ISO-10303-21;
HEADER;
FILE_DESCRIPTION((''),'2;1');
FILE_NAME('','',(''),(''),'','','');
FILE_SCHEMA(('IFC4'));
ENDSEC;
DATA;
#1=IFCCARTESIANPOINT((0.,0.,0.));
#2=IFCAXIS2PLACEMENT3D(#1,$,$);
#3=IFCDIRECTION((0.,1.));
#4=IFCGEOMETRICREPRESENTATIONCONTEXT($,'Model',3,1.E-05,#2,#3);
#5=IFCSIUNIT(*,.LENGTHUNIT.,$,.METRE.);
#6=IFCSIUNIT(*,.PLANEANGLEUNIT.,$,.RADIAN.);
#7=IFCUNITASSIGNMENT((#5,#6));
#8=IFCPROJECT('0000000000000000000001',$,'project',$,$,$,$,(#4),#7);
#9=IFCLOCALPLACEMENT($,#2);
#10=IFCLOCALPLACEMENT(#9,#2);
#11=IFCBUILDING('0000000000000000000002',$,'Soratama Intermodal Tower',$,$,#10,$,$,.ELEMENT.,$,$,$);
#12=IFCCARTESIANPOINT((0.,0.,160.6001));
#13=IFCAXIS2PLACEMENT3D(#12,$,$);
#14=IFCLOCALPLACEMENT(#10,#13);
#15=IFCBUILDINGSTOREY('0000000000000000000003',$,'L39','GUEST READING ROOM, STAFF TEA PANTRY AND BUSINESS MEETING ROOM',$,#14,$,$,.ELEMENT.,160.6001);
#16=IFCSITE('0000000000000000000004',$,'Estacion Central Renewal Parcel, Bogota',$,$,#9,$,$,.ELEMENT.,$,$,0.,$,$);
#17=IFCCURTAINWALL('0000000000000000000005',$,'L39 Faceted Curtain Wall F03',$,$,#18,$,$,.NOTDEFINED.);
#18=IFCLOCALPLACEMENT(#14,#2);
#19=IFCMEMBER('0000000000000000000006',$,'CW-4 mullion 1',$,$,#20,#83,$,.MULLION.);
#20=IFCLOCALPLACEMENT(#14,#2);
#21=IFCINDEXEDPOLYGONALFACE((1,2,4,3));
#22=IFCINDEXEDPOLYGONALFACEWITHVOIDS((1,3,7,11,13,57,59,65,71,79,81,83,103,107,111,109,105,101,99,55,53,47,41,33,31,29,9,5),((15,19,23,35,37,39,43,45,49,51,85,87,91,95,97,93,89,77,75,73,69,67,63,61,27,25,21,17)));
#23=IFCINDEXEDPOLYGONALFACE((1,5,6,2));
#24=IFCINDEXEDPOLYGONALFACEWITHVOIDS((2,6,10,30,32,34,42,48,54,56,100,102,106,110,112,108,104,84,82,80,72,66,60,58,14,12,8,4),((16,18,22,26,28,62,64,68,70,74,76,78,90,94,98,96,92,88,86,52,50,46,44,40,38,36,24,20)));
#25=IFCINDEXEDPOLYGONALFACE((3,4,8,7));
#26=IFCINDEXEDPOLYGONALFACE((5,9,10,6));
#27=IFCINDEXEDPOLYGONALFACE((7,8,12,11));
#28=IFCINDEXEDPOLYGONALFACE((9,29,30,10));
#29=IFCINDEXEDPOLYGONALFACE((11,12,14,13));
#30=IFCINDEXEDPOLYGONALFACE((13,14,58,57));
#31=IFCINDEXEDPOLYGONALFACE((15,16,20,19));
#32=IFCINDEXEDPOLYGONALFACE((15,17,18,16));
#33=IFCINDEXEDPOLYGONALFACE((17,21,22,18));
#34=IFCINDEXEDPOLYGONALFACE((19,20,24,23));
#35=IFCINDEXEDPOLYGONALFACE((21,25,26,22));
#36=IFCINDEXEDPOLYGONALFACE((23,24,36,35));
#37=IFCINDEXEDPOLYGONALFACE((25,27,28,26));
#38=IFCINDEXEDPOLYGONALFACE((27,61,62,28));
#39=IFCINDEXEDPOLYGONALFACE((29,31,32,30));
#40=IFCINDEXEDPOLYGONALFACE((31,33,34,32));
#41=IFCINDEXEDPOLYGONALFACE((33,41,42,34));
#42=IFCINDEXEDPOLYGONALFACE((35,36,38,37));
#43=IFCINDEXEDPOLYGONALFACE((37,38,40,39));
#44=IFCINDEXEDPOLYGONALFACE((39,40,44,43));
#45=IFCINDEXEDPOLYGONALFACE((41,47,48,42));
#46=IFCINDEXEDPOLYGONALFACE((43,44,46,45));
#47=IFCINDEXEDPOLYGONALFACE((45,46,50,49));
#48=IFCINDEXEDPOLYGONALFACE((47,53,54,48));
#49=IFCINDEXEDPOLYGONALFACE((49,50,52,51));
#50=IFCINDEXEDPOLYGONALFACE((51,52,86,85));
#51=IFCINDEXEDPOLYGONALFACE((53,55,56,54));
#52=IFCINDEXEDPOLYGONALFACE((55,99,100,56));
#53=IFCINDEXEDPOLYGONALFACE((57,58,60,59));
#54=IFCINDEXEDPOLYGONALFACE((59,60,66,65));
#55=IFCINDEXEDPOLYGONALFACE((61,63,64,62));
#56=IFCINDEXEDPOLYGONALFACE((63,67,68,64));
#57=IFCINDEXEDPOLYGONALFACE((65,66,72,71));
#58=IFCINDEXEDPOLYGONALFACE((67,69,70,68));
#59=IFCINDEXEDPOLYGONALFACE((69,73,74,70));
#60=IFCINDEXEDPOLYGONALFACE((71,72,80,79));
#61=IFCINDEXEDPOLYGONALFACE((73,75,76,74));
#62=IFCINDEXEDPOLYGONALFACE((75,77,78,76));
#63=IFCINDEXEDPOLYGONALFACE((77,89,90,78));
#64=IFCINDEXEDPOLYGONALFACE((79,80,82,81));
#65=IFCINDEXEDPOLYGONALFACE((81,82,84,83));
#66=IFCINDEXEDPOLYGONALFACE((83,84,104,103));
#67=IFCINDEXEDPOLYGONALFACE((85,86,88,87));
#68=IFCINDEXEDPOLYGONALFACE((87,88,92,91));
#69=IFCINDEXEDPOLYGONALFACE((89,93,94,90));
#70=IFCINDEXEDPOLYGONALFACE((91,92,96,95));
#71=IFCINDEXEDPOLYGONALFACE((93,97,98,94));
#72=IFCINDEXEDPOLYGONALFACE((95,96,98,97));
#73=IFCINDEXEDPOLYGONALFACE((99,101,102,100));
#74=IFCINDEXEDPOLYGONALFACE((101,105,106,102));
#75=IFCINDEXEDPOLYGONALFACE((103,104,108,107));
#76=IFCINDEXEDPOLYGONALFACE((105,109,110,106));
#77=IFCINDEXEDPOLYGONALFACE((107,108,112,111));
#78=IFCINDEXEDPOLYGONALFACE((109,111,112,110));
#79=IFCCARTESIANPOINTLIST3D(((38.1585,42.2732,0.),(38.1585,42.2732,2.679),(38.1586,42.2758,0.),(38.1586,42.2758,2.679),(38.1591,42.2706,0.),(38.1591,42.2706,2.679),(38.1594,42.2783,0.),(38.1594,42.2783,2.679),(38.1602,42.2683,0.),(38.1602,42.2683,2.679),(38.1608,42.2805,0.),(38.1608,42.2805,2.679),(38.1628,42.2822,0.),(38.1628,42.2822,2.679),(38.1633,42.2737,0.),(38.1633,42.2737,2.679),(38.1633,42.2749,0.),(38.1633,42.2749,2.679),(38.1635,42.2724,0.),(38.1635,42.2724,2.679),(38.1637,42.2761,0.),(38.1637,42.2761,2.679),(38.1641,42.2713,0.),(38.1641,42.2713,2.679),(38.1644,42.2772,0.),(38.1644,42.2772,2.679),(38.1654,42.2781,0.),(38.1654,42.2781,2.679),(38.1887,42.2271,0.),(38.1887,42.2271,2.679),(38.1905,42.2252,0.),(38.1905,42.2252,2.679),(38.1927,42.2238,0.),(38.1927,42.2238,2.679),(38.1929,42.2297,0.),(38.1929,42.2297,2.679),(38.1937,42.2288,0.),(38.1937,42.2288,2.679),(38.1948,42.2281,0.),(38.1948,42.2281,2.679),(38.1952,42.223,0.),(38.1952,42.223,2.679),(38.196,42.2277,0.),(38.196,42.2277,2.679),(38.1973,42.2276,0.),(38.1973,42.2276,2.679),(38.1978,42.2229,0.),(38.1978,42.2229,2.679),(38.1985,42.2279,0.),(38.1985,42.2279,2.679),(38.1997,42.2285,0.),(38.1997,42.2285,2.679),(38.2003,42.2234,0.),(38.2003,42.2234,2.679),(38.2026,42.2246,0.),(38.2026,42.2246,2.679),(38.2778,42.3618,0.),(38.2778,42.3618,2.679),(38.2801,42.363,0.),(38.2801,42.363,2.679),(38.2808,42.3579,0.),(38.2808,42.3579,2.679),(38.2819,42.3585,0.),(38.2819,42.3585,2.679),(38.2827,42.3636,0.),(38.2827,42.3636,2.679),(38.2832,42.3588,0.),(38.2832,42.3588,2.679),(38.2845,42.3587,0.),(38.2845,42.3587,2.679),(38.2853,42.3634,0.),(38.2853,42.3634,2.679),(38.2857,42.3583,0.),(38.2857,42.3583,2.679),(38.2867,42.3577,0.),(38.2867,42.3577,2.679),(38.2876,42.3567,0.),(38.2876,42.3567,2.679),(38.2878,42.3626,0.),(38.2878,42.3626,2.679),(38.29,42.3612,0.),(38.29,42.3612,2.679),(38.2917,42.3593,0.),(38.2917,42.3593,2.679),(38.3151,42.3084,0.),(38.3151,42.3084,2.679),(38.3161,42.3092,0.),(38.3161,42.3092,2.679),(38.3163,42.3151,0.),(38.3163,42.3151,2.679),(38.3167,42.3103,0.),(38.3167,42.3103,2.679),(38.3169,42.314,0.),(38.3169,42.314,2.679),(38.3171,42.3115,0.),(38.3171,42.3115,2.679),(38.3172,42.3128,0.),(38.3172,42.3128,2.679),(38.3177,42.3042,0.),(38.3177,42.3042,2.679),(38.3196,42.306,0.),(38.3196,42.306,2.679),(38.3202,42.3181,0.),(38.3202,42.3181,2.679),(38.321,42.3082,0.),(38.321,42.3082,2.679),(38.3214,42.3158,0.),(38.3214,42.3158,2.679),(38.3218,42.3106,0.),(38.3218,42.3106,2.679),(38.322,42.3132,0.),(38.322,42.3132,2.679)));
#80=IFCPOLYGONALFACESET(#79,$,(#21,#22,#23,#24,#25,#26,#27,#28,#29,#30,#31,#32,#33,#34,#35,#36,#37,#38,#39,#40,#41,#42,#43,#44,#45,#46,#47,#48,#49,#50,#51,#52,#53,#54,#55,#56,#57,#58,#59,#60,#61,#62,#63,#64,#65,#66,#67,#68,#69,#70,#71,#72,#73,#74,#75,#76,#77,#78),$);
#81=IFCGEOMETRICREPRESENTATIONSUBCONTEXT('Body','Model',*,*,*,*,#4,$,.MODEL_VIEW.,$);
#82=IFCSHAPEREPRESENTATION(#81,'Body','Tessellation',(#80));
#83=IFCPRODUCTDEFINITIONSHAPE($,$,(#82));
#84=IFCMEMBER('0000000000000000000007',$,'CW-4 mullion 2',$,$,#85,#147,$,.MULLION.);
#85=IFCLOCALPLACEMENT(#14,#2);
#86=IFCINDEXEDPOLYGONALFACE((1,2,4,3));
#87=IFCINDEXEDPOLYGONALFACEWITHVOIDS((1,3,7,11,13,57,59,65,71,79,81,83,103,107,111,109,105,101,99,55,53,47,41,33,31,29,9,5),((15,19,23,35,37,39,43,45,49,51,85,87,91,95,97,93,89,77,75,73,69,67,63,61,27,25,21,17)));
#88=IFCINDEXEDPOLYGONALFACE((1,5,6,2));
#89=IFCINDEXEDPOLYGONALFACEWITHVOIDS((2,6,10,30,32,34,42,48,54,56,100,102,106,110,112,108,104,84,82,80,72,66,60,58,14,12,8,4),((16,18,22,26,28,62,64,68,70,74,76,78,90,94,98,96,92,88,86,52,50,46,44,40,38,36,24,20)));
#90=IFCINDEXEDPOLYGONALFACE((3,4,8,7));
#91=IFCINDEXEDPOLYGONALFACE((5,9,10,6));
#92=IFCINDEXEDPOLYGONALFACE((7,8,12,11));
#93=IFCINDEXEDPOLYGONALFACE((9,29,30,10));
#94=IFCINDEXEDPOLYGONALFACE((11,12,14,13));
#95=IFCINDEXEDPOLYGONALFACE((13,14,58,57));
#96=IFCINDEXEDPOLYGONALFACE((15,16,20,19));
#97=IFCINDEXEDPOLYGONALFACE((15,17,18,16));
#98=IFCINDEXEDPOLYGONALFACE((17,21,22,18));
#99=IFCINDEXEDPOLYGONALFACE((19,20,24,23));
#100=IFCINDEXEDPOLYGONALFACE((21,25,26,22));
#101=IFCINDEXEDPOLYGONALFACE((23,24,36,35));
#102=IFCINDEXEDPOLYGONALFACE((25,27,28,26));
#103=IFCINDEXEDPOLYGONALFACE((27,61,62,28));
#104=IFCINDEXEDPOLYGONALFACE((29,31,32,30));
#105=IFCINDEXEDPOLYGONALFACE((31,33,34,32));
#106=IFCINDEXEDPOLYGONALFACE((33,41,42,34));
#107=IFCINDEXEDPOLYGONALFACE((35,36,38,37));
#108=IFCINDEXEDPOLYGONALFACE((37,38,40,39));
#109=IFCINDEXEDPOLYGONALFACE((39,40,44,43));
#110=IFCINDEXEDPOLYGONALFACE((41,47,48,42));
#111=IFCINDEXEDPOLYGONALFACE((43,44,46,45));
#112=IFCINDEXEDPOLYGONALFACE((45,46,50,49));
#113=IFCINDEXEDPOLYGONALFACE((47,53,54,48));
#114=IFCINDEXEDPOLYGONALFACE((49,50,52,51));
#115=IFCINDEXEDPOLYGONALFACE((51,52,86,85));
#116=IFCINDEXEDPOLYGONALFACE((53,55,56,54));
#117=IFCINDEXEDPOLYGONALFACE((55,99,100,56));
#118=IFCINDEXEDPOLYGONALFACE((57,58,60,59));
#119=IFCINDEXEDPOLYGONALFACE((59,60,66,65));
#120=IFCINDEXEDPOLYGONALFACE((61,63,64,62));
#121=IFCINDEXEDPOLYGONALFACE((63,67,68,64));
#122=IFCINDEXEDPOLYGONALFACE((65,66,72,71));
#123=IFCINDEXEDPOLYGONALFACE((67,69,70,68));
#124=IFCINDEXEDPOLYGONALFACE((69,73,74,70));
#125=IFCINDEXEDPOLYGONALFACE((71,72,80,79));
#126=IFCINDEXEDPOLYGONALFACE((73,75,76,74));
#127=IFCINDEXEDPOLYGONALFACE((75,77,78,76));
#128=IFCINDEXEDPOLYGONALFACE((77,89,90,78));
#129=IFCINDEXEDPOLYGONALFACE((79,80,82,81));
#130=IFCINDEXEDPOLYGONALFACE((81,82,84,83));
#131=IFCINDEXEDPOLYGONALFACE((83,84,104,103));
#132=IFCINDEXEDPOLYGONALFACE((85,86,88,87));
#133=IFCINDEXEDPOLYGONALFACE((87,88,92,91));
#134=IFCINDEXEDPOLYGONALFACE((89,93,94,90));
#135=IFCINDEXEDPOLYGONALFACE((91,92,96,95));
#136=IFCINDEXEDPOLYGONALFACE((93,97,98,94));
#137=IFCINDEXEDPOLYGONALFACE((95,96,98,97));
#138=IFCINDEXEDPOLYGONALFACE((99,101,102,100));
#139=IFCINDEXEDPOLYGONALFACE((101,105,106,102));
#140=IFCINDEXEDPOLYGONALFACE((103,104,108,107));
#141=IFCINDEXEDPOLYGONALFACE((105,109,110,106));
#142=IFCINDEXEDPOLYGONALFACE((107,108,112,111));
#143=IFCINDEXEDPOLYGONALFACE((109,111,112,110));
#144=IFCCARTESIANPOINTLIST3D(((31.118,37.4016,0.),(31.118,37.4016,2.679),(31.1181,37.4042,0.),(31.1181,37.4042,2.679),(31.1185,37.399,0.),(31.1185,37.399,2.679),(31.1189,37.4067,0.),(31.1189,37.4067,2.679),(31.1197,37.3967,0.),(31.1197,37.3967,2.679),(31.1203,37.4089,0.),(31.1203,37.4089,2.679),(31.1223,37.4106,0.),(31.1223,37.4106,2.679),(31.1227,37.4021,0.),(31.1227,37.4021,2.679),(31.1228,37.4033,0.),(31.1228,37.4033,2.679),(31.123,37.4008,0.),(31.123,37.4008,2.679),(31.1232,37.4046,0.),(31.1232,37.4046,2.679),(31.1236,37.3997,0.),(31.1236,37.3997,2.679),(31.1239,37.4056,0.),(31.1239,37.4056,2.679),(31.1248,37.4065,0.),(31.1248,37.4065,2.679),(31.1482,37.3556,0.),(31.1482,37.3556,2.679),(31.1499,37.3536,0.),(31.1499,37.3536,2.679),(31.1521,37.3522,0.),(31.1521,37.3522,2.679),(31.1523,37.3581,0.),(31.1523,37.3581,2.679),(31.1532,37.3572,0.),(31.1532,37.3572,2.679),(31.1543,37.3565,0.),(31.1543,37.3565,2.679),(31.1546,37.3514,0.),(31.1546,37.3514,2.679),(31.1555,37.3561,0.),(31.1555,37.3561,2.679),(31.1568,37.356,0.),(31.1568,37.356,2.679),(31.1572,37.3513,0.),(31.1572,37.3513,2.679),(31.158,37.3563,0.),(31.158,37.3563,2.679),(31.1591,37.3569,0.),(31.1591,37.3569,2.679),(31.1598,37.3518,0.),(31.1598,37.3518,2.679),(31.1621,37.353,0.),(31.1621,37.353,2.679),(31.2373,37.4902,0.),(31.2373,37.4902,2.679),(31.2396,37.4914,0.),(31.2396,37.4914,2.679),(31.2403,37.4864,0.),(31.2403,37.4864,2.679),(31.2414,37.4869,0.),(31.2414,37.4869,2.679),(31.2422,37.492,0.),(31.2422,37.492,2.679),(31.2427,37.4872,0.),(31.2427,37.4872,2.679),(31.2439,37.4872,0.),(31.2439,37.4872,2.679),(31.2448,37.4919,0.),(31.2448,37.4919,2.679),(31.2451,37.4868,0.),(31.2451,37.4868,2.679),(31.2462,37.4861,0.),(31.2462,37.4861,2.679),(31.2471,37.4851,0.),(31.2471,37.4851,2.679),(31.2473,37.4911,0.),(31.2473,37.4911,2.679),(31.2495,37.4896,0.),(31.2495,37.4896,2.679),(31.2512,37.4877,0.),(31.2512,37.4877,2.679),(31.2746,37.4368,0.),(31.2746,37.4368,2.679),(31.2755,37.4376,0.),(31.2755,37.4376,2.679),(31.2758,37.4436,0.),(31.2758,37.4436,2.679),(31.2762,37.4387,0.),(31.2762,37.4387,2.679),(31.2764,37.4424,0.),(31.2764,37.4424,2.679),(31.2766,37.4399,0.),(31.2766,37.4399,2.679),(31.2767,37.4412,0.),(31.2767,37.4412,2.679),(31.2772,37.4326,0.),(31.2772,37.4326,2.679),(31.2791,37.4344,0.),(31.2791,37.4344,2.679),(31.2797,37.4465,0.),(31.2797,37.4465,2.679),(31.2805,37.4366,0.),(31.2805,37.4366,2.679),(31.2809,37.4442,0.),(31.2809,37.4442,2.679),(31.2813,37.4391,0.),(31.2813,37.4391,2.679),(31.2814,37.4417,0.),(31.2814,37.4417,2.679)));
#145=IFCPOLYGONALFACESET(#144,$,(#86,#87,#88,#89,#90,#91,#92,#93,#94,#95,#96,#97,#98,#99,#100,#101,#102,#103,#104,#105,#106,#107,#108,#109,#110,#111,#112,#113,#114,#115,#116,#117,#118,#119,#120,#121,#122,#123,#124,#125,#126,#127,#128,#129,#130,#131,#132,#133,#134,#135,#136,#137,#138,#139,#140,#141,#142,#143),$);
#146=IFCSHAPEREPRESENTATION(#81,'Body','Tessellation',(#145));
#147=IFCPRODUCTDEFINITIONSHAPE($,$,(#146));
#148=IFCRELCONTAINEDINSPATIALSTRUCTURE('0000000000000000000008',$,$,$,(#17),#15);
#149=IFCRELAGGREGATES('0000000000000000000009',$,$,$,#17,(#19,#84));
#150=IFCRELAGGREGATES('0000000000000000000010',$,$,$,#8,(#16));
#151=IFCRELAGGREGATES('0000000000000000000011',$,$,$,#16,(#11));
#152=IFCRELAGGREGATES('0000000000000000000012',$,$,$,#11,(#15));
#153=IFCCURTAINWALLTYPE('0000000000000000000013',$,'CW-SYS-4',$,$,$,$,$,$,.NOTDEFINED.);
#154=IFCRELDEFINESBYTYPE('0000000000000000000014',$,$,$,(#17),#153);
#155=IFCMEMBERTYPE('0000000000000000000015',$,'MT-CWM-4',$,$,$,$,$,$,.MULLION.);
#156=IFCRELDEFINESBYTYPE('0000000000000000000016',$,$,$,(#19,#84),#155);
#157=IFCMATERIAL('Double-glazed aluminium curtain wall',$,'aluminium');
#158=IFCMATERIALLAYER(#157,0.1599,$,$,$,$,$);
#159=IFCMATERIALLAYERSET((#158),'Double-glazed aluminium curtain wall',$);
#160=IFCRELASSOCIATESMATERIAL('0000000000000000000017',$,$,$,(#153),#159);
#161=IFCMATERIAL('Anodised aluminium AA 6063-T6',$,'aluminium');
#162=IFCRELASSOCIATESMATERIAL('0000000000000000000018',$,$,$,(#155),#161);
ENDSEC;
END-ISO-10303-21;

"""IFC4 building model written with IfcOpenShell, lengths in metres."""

from ifc_helpers import new_model, si_unit, direction, frame, origin, origin_2d, place, context, subcontext, project, spatial, hollow_rectangle, extrude, material, layer, layer_set, material_profile, profile_set, type_object, element, aggregate, save


model = new_model("IFC4")

# Units and contexts
model_context = context("Model", 3, precision=1e-05, world=origin(), true_north=direction((0.0, 1.0)))
body_context = subcontext(model_context, "Body", "Model", "MODEL_VIEW")
ifc_project = project(units=[si_unit("LENGTHUNIT", "METRE"), si_unit("PLANEANGLEUNIT", "RADIAN")], contexts=[model_context])

# Site, building, storey
site_placement = place(None, origin())
site = spatial("IfcSite", under=ifc_project, at=site_placement, Name="Estacion Central Renewal Parcel, Bogota", CompositionType="ELEMENT", RefElevation=0.0)
building_placement = place(site_placement, origin())
building = spatial("IfcBuilding", under=site, at=building_placement, Name="Soratama Intermodal Tower", CompositionType="ELEMENT")
storey_placement = place(building_placement, frame((0.0, 0.0, 160.6001)))
storey = spatial("IfcBuildingStorey", under=building, at=storey_placement, Name="L39", Description="GUEST READING ROOM, STAFF TEA PANTRY AND BUSINESS MEETING ROOM", CompositionType="ELEMENT", Elevation=160.6001)

# Curtain wall, members
ifc_material_1 = material(Name="Double-glazed aluminium curtain wall", Category="aluminium")
ifc_layer_1 = layer(ifc_material_1, 0.1599)
ifc_layer_set_1 = layer_set([ifc_layer_1], Name="Double-glazed aluminium curtain wall")
curtain_wall_type = type_object("IfcCurtainWallType", Name="CW-SYS-4", PredefinedType="NOTDEFINED", material=ifc_layer_set_1)
curtain_wall_1_placement = place(storey_placement, origin())
curtain_wall_1 = element("IfcCurtainWall", 1, at=curtain_wall_1_placement, inside=storey, type_object=curtain_wall_type, Name="L39 Faceted Curtain Wall F03", PredefinedType="NOTDEFINED")
ifc_material_2 = material(Name="Anodised aluminium AA 6063-T6", Category="aluminium")
ifc_material_profile_1 = material_profile(ifc_material_2, hollow_rectangle(XDim=0.0701, YDim=0.1599, WallThickness=0.0049, InnerFilletRadius=0.0049, OuterFilletRadius=0.01, at=origin_2d()), Name="CWM160X70X5")
ifc_profile_set_1 = profile_set([ifc_material_profile_1], Name="Anodised aluminium AA 6063-T6")
member_type_1 = type_object("IfcMemberType", Name="MT-CWM-4", PredefinedType="MULLION", material=ifc_profile_set_1)
member_1_placement = place(storey_placement, frame((38.2402, 42.2932, 0.0), z_axis=(0.0, 0.0, 1.0), x_axis=(0.568991, -0.822344, 0.0)))
member_1 = element("IfcMember", 2, at=member_1_placement, type_object=member_type_1, Name="CW-4 mullion 1", PredefinedType="MULLION", context=body_context, shape_type="SweptSolid", body=[
    extrude(hollow_rectangle(XDim=0.0701, YDim=0.1599, WallThickness=0.0049, InnerFilletRadius=0.0049, OuterFilletRadius=0.01, at=origin_2d()), origin(), (0.0, 0.0, 1.0), 2.679),
])
member_2_placement = place(storey_placement, frame((31.1997, 37.4216, 0.0), z_axis=(0.0, 0.0, 1.0), x_axis=(0.568991, -0.822344, 0.0)))
member_2 = element("IfcMember", 3, at=member_2_placement, type_object=member_type_1, Name="CW-4 mullion 2", PredefinedType="MULLION", context=body_context, shape_type="SweptSolid", body=[
    extrude(hollow_rectangle(XDim=0.0701, YDim=0.1599, WallThickness=0.0049, InnerFilletRadius=0.0049, OuterFilletRadius=0.01, at=origin_2d()), origin(), (0.0, 0.0, 1.0), 2.679),
])

aggregate(curtain_wall_1, [member_1, member_2])

save(model, "model.ifc")
